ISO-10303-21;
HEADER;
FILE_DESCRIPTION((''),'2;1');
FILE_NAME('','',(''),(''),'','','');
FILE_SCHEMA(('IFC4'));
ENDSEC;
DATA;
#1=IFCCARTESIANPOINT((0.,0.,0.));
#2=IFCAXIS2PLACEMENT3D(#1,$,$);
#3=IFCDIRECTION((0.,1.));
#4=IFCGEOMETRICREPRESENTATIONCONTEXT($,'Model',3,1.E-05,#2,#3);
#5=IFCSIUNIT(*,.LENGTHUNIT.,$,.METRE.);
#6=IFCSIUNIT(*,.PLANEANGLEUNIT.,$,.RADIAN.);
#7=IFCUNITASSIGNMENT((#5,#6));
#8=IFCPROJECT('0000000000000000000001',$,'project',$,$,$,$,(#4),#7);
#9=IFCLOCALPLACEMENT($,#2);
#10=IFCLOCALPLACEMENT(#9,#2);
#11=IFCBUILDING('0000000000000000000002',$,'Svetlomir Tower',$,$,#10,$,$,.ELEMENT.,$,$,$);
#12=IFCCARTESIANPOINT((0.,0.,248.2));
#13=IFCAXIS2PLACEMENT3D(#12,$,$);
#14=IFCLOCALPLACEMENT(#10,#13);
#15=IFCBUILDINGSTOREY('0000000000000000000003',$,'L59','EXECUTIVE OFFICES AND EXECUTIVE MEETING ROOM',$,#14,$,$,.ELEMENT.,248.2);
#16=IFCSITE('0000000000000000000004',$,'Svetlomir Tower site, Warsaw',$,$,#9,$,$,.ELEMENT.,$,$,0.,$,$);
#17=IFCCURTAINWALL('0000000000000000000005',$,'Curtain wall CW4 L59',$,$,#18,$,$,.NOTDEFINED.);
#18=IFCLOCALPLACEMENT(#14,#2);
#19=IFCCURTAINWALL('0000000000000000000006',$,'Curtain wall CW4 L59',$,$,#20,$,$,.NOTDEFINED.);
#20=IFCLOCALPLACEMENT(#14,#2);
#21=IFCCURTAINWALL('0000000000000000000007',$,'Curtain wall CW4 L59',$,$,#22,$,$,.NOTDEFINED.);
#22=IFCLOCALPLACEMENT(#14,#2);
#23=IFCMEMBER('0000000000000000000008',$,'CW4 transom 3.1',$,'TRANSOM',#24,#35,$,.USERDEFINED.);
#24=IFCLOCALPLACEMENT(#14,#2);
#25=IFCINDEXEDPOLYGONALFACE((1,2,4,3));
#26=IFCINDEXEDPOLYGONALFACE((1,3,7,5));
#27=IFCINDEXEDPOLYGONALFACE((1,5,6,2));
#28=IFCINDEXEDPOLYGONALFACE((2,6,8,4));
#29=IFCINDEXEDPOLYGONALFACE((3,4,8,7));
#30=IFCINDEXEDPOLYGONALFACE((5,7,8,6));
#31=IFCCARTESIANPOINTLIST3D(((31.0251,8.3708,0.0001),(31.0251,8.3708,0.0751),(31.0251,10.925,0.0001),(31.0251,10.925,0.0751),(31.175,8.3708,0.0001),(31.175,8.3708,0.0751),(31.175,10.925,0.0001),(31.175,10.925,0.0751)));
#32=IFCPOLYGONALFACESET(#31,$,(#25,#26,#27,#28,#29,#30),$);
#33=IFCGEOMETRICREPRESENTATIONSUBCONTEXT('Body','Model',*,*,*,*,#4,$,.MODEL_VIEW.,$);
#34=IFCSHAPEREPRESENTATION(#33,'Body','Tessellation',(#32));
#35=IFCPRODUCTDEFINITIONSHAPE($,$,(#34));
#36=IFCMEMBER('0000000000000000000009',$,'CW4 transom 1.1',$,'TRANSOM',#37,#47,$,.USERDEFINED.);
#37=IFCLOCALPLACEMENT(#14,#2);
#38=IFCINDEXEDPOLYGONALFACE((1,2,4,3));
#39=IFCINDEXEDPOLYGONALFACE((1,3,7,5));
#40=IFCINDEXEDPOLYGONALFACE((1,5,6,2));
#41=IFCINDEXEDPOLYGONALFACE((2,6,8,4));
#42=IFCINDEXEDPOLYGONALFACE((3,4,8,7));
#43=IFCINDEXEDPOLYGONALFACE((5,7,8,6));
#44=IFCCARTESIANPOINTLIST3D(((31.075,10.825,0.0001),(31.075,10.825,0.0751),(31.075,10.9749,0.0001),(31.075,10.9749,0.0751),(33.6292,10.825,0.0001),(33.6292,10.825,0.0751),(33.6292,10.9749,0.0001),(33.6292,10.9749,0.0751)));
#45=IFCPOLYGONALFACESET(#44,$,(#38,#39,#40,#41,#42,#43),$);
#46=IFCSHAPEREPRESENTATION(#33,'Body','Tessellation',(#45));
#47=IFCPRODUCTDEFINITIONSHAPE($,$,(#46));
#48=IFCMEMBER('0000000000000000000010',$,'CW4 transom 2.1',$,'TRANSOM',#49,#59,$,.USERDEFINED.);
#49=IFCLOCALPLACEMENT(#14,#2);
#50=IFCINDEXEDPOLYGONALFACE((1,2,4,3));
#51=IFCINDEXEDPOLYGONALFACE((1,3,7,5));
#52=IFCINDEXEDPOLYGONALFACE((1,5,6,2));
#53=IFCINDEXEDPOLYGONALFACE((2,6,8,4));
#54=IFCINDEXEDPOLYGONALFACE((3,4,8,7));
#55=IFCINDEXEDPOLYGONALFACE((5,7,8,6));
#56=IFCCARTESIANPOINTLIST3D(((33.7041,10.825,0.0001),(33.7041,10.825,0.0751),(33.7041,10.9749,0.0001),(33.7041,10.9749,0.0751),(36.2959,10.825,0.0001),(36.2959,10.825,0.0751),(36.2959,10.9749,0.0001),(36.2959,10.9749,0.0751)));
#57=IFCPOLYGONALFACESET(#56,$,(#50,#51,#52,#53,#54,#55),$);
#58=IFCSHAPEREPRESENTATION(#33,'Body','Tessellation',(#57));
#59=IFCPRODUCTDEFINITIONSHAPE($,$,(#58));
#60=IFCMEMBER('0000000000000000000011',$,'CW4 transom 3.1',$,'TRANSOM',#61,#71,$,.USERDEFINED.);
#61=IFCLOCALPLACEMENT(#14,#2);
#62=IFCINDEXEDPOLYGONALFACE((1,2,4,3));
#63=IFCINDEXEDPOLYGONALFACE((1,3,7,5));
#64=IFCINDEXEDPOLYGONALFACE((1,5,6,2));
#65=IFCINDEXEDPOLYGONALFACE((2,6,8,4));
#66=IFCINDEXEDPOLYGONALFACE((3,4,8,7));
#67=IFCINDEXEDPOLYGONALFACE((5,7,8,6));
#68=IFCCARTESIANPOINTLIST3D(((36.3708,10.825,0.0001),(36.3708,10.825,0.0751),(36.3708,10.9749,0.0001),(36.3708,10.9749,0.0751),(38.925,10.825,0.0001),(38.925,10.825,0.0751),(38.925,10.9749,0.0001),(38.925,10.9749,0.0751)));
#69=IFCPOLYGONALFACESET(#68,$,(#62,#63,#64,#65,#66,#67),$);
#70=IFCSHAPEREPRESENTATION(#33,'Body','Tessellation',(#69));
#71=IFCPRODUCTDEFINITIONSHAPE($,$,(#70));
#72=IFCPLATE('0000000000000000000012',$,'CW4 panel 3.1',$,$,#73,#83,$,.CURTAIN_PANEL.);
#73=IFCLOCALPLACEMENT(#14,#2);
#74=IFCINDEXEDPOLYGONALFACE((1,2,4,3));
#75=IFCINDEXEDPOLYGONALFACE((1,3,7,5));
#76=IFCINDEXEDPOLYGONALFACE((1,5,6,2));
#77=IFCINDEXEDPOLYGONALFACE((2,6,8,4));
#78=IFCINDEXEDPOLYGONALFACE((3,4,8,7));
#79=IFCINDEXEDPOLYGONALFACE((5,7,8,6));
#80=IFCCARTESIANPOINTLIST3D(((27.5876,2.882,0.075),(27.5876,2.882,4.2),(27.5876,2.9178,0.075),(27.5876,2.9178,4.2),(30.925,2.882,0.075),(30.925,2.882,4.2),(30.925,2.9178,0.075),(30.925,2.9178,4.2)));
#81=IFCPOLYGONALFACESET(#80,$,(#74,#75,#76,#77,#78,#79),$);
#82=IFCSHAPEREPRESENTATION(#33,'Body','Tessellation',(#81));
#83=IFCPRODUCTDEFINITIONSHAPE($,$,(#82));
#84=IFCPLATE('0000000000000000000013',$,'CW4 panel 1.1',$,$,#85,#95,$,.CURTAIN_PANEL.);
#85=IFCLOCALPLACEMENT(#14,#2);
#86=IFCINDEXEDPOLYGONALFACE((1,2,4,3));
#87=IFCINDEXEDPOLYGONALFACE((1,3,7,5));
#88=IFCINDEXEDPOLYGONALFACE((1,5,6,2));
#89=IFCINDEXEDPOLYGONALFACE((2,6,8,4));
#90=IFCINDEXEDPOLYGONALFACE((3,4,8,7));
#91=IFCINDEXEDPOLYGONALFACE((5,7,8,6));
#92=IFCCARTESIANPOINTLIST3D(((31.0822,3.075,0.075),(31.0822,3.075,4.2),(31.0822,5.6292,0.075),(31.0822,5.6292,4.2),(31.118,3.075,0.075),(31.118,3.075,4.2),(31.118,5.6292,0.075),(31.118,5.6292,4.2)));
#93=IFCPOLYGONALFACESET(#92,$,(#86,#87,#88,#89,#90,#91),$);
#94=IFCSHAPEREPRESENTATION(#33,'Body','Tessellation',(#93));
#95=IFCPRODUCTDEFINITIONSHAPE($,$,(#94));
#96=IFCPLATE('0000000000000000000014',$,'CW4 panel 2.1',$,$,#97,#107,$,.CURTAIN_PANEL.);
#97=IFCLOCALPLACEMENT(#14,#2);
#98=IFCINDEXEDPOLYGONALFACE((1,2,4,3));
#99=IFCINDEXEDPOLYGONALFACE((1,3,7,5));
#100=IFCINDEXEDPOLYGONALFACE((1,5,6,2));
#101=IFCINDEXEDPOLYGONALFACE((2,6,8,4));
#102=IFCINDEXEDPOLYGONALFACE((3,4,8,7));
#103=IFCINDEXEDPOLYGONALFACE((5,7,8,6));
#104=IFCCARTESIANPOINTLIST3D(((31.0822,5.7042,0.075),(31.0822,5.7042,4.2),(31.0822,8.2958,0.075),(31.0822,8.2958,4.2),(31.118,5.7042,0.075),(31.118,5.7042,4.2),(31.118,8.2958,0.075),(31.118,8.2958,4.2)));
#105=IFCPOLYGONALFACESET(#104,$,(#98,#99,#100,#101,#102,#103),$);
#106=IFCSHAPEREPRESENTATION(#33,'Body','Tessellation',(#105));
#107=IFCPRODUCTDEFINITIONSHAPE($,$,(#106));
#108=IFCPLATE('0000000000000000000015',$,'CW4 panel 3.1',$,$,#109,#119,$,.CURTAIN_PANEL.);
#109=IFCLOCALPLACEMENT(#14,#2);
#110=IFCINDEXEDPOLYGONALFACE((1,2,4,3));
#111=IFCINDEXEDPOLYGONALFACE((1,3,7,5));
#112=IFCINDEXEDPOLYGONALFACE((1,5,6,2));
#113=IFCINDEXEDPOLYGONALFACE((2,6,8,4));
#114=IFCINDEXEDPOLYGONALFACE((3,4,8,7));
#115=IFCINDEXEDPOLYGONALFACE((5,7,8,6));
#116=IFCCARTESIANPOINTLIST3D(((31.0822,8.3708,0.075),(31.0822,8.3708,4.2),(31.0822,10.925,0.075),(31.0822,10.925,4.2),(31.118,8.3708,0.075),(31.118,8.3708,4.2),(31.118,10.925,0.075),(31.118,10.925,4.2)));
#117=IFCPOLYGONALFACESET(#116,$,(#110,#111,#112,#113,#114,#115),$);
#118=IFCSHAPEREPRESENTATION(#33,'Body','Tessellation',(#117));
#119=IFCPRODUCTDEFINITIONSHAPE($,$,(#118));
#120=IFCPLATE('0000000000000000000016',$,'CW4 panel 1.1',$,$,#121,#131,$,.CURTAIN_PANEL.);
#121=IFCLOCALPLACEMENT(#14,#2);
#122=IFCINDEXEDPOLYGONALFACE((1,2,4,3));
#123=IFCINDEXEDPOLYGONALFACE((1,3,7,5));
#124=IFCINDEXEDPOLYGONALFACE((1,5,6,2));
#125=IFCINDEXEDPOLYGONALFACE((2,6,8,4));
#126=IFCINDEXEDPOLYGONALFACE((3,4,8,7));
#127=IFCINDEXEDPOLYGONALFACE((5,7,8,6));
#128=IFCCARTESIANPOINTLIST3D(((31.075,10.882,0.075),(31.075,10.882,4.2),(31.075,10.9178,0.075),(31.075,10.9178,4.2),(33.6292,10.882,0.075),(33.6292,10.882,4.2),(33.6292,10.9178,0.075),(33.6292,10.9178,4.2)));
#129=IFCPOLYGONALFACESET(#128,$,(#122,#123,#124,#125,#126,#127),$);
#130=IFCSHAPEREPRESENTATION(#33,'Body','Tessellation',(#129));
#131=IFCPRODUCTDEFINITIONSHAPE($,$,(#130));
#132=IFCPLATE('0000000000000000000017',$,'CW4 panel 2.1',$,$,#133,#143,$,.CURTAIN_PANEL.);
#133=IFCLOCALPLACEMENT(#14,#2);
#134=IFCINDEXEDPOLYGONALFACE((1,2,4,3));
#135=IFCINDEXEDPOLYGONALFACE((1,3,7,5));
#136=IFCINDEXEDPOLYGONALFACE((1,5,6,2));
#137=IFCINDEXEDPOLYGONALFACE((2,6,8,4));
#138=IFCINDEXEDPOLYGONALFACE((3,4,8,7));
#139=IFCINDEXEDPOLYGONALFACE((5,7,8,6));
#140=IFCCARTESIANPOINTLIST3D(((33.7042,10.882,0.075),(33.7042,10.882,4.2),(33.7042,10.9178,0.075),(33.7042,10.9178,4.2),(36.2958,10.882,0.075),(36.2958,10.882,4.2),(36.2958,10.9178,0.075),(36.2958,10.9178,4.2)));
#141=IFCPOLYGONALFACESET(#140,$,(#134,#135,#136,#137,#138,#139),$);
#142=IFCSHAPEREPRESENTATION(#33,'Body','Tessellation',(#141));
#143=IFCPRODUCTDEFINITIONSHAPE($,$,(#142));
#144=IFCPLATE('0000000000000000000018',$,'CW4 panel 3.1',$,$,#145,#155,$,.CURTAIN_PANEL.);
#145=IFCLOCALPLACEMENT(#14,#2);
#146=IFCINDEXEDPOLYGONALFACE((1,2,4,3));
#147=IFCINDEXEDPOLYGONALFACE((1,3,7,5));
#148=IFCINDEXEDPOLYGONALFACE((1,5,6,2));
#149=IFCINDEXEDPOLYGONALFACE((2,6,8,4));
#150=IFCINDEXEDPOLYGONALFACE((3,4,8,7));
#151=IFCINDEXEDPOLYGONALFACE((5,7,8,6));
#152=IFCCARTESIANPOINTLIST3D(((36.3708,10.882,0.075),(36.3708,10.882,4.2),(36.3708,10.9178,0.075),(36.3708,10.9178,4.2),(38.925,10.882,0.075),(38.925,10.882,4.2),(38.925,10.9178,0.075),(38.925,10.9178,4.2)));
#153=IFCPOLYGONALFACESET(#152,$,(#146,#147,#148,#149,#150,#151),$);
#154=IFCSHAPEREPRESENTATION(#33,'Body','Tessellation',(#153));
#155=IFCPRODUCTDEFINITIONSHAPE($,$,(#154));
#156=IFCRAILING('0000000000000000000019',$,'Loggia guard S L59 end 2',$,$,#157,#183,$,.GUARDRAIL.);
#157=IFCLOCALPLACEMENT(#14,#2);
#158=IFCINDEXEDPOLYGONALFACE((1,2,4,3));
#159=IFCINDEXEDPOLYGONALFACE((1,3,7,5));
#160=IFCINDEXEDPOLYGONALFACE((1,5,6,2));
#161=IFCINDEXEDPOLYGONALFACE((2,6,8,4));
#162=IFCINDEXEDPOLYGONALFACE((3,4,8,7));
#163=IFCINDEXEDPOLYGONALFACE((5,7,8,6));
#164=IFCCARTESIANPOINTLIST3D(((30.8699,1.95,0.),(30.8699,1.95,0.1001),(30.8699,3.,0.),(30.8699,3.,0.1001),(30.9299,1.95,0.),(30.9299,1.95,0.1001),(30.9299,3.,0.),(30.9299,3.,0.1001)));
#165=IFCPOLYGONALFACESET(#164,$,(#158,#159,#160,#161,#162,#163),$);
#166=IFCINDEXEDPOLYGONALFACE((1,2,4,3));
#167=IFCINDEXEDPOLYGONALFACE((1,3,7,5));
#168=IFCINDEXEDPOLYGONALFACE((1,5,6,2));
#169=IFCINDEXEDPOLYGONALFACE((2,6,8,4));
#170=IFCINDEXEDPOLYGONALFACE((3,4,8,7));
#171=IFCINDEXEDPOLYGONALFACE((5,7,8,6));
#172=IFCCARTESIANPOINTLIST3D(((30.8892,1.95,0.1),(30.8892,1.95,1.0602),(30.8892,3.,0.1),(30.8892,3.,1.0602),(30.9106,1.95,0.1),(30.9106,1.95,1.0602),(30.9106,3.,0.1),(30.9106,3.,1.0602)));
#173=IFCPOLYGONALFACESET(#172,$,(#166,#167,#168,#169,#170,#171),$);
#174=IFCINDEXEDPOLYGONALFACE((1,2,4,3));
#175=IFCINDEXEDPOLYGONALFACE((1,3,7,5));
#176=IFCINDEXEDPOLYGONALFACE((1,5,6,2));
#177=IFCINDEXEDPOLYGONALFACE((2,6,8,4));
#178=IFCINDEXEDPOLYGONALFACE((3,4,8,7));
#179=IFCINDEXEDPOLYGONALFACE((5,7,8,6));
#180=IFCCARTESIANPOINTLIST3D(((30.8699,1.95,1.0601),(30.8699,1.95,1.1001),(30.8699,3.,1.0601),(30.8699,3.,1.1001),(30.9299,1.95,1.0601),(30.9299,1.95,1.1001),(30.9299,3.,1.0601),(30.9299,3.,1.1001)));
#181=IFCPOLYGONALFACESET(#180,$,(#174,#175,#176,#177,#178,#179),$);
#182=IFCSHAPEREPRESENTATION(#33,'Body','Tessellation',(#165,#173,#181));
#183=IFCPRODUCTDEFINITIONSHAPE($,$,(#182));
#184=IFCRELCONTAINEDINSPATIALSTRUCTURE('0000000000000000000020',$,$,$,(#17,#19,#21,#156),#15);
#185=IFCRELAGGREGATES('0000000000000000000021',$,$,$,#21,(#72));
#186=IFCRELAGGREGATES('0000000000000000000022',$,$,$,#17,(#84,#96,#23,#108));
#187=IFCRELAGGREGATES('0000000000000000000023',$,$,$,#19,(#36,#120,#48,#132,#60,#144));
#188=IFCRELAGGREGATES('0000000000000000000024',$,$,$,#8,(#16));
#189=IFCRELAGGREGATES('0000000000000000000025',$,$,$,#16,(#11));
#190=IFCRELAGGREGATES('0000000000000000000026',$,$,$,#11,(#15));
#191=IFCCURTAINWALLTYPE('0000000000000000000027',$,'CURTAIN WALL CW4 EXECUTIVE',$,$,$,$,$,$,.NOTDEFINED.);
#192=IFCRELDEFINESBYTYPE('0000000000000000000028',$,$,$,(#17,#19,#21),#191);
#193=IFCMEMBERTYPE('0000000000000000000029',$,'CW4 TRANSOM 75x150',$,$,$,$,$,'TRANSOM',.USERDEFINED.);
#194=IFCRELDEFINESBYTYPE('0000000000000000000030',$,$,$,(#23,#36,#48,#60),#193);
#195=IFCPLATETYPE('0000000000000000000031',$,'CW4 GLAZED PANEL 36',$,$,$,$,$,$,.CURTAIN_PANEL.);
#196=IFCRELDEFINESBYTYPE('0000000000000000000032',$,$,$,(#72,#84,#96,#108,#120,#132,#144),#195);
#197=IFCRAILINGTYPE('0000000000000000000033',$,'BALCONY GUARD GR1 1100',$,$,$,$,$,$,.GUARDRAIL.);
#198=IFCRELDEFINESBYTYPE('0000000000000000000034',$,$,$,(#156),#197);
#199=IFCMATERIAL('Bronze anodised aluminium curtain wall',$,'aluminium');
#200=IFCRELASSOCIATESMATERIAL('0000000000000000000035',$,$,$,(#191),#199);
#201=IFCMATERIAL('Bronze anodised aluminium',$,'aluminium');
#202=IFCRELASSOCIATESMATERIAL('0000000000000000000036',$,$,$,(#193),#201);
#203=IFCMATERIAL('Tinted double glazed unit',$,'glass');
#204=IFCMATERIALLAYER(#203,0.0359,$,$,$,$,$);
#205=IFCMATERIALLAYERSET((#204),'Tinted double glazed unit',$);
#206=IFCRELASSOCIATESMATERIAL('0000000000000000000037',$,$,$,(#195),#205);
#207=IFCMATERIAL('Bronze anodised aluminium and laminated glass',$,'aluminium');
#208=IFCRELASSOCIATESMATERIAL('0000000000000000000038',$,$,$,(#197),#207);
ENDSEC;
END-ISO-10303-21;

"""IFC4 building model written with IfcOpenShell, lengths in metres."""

from ifc_helpers import new_model, si_unit, direction, frame, origin, origin_2d, place, context, subcontext, project, spatial, rectangle, extrude, material, layer, layer_set, material_profile, profile_set, type_object, element, aggregate, save


model = new_model("IFC4")

# Units and contexts
model_context = context("Model", 3, precision=1e-05, world=origin(), true_north=direction((0.0, 1.0)))
body_context = subcontext(model_context, "Body", "Model", "MODEL_VIEW")
ifc_project = project(units=[si_unit("LENGTHUNIT", "METRE"), si_unit("PLANEANGLEUNIT", "RADIAN")], contexts=[model_context])

# Site, building, storey
site_placement = place(None, origin())
site = spatial("IfcSite", under=ifc_project, at=site_placement, Name="Svetlomir Tower site, Warsaw", CompositionType="ELEMENT", RefElevation=0.0)
building_placement = place(site_placement, origin())
building = spatial("IfcBuilding", under=site, at=building_placement, Name="Svetlomir Tower", CompositionType="ELEMENT")
storey_placement = place(building_placement, frame((0.0, 0.0, 248.2)))
storey = spatial("IfcBuildingStorey", under=building, at=storey_placement, Name="L59", Description="EXECUTIVE OFFICES AND EXECUTIVE MEETING ROOM", CompositionType="ELEMENT", Elevation=248.2)

# Curtain walls
ifc_material_1 = material(Name="Bronze anodised aluminium curtain wall", Category="aluminium")
curtain_wall_type = type_object("IfcCurtainWallType", Name="CURTAIN WALL CW4 EXECUTIVE", PredefinedType="NOTDEFINED", material=ifc_material_1)
curtain_wall_1_placement = place(storey_placement, origin())
curtain_wall_1 = element("IfcCurtainWall", 1, at=curtain_wall_1_placement, inside=storey, type_object=curtain_wall_type, Name="Curtain wall CW4 L59", PredefinedType="NOTDEFINED")
curtain_wall_2_placement = place(storey_placement, origin())
curtain_wall_2 = element("IfcCurtainWall", 2, at=curtain_wall_2_placement, inside=storey, type_object=curtain_wall_type, Name="Curtain wall CW4 L59", PredefinedType="NOTDEFINED")
curtain_wall_3_placement = place(storey_placement, origin())
curtain_wall_3 = element("IfcCurtainWall", 3, at=curtain_wall_3_placement, inside=storey, type_object=curtain_wall_type, Name="Curtain wall CW4 L59", PredefinedType="NOTDEFINED")

# Members
ifc_material_2 = material(Name="Bronze anodised aluminium", Category="aluminium")
ifc_material_profile_1 = material_profile(ifc_material_2, rectangle(XDim=0.1499, YDim=0.075, at=origin_2d()), Name="AL 150x75")
ifc_profile_set_1 = profile_set([ifc_material_profile_1], Name="Bronze anodised aluminium 6063-T6")
member_type_1 = type_object("IfcMemberType", Name="CW4 TRANSOM 75x150", ElementType="TRANSOM", PredefinedType="USERDEFINED", material=ifc_profile_set_1)
member_1_placement = place(storey_placement, frame((31.1001, 8.3708, 0.0376), z_axis=(0.0, 1.0, 0.0), x_axis=(-1.0, 0.0, 0.0)))
member_1 = element("IfcMember", 4, at=member_1_placement, type_object=member_type_1, Name="CW4 transom 3.1", ObjectType="TRANSOM", PredefinedType="USERDEFINED", context=body_context, shape_type="SweptSolid", body=[
    extrude(rectangle(XDim=0.1499, YDim=0.075, at=origin_2d()), origin(), (0.0, 0.0, 1.0), 2.5542),
])
member_2_placement = place(storey_placement, frame((31.075, 10.8999, 0.0376), z_axis=(1.0, 0.0, 0.0), x_axis=(0.0, 1.0, 0.0)))
member_2 = element("IfcMember", 5, at=member_2_placement, type_object=member_type_1, Name="CW4 transom 1.1", ObjectType="TRANSOM", PredefinedType="USERDEFINED", context=body_context, shape_type="SweptSolid", body=[
    extrude(rectangle(XDim=0.1499, YDim=0.075, at=origin_2d()), origin(), (0.0, 0.0, 1.0), 2.5542),
])
member_3_placement = place(storey_placement, frame((33.7041, 10.8999, 0.0376), z_axis=(1.0, 0.0, 0.0), x_axis=(0.0, 1.0, 0.0)))
member_3 = element("IfcMember", 6, at=member_3_placement, type_object=member_type_1, Name="CW4 transom 2.1", ObjectType="TRANSOM", PredefinedType="USERDEFINED", context=body_context, shape_type="SweptSolid", body=[
    extrude(rectangle(XDim=0.1499, YDim=0.075, at=origin_2d()), origin(), (0.0, 0.0, 1.0), 2.5918),
])
member_4_placement = place(storey_placement, frame((36.3708, 10.8999, 0.0376), z_axis=(1.0, 0.0, 0.0), x_axis=(0.0, 1.0, 0.0)))
member_4 = element("IfcMember", 7, at=member_4_placement, type_object=member_type_1, Name="CW4 transom 3.1", ObjectType="TRANSOM", PredefinedType="USERDEFINED", context=body_context, shape_type="SweptSolid", body=[
    extrude(rectangle(XDim=0.1499, YDim=0.075, at=origin_2d()), origin(), (0.0, 0.0, 1.0), 2.5542),
])

# Plates
ifc_material_3 = material(Name="Tinted double glazed unit", Category="glass")
ifc_layer = layer(ifc_material_3, 0.0359)
ifc_layer_set = layer_set([ifc_layer], Name="Tinted double glazed unit")
plate_type = type_object("IfcPlateType", Name="CW4 GLAZED PANEL 36", PredefinedType="CURTAIN_PANEL", material=ifc_layer_set)
plate_1_placement = place(storey_placement, frame((29.2563, 2.8999, 0.075), z_axis=(0.0, 0.0, 1.0), x_axis=(1.0, 0.0, 0.0)))
plate_1 = element("IfcPlate", 8, at=plate_1_placement, type_object=plate_type, Name="CW4 panel 3.1", PredefinedType="CURTAIN_PANEL", context=body_context, shape_type="SweptSolid", body=[
    extrude(rectangle(XDim=3.3374, YDim=0.0359, at=origin_2d()), origin(), (0.0, 0.0, 1.0), 4.125),
])
aggregate(curtain_wall_3, [plate_1])
plate_2_placement = place(storey_placement, frame((31.1001, 4.3521, 0.075), z_axis=(0.0, 0.0, 1.0), x_axis=(0.0, 1.0, 0.0)))
plate_2 = element("IfcPlate", 9, at=plate_2_placement, type_object=plate_type, Name="CW4 panel 1.1", PredefinedType="CURTAIN_PANEL", context=body_context, shape_type="SweptSolid", body=[
    extrude(rectangle(XDim=2.5542, YDim=0.0359, at=origin_2d()), origin(), (0.0, 0.0, 1.0), 4.125),
])
plate_3_placement = place(storey_placement, frame((31.1001, 7.0, 0.075), z_axis=(0.0, 0.0, 1.0), x_axis=(0.0, 1.0, 0.0)))
plate_3 = element("IfcPlate", 10, at=plate_3_placement, type_object=plate_type, Name="CW4 panel 2.1", PredefinedType="CURTAIN_PANEL", context=body_context, shape_type="SweptSolid", body=[
    extrude(rectangle(XDim=2.5916, YDim=0.0359, at=origin_2d()), origin(), (0.0, 0.0, 1.0), 4.125),
])
plate_4_placement = place(storey_placement, frame((31.1001, 9.6479, 0.075), z_axis=(0.0, 0.0, 1.0), x_axis=(0.0, 1.0, 0.0)))
plate_4 = element("IfcPlate", 11, at=plate_4_placement, type_object=plate_type, Name="CW4 panel 3.1", PredefinedType="CURTAIN_PANEL", context=body_context, shape_type="SweptSolid", body=[
    extrude(rectangle(XDim=2.5542, YDim=0.0359, at=origin_2d()), origin(), (0.0, 0.0, 1.0), 4.125),
])
aggregate(curtain_wall_1, [plate_2, plate_3, member_1, plate_4])
plate_5_placement = place(storey_placement, frame((32.3521, 10.8999, 0.075), z_axis=(0.0, 0.0, 1.0), x_axis=(1.0, 0.0, 0.0)))
plate_5 = element("IfcPlate", 12, at=plate_5_placement, type_object=plate_type, Name="CW4 panel 1.1", PredefinedType="CURTAIN_PANEL", context=body_context, shape_type="SweptSolid", body=[
    extrude(rectangle(XDim=2.5542, YDim=0.0359, at=origin_2d()), origin(), (0.0, 0.0, 1.0), 4.125),
])
plate_6_placement = place(storey_placement, frame((35.0, 10.8999, 0.075), z_axis=(0.0, 0.0, 1.0), x_axis=(1.0, 0.0, 0.0)))
plate_6 = element("IfcPlate", 13, at=plate_6_placement, type_object=plate_type, Name="CW4 panel 2.1", PredefinedType="CURTAIN_PANEL", context=body_context, shape_type="SweptSolid", body=[
    extrude(rectangle(XDim=2.5916, YDim=0.0359, at=origin_2d()), origin(), (0.0, 0.0, 1.0), 4.125),
])
plate_7_placement = place(storey_placement, frame((37.6479, 10.8999, 0.075), z_axis=(0.0, 0.0, 1.0), x_axis=(1.0, 0.0, 0.0)))
plate_7 = element("IfcPlate", 14, at=plate_7_placement, type_object=plate_type, Name="CW4 panel 3.1", PredefinedType="CURTAIN_PANEL", context=body_context, shape_type="SweptSolid", body=[
    extrude(rectangle(XDim=2.5542, YDim=0.0359, at=origin_2d()), origin(), (0.0, 0.0, 1.0), 4.125),
])
aggregate(curtain_wall_2, [member_2, plate_5, member_3, plate_6, member_4, plate_7])

# Railing
ifc_material_4 = material(Name="Bronze anodised aluminium and laminated glass", Category="aluminium")
railing_type = type_object("IfcRailingType", Name="BALCONY GUARD GR1 1100", PredefinedType="GUARDRAIL", material=ifc_material_4)
railing_placement = place(storey_placement, frame((30.8999, 1.95, 0.0)))
element("IfcRailing", 15, at=railing_placement, inside=storey, type_object=railing_type, Name="Loggia guard S L59 end 2", PredefinedType="GUARDRAIL", context=body_context, shape_type="SweptSolid", body=[
    extrude(rectangle(XDim=0.0601, YDim=0.1001, at=origin_2d()), frame((0.0, 0.0, 0.05), z_axis=(0.0, 1.0, 0.0), x_axis=(-1.0, 0.0, 0.0)), (0.0, 0.0, 1.0), 1.05),
    extrude(rectangle(XDim=0.0215, YDim=0.9602, at=origin_2d()), frame((0.0, 0.0, 0.5801), z_axis=(0.0, 1.0, 0.0), x_axis=(-1.0, 0.0, 0.0)), (0.0, 0.0, 1.0), 1.05),
    extrude(rectangle(XDim=0.0601, YDim=0.04, at=origin_2d()), frame((0.0, 0.0, 1.0801), z_axis=(0.0, 1.0, 0.0), x_axis=(-1.0, 0.0, 0.0)), (0.0, 0.0, 1.0), 1.05),
])

save(model, "model.ifc")
